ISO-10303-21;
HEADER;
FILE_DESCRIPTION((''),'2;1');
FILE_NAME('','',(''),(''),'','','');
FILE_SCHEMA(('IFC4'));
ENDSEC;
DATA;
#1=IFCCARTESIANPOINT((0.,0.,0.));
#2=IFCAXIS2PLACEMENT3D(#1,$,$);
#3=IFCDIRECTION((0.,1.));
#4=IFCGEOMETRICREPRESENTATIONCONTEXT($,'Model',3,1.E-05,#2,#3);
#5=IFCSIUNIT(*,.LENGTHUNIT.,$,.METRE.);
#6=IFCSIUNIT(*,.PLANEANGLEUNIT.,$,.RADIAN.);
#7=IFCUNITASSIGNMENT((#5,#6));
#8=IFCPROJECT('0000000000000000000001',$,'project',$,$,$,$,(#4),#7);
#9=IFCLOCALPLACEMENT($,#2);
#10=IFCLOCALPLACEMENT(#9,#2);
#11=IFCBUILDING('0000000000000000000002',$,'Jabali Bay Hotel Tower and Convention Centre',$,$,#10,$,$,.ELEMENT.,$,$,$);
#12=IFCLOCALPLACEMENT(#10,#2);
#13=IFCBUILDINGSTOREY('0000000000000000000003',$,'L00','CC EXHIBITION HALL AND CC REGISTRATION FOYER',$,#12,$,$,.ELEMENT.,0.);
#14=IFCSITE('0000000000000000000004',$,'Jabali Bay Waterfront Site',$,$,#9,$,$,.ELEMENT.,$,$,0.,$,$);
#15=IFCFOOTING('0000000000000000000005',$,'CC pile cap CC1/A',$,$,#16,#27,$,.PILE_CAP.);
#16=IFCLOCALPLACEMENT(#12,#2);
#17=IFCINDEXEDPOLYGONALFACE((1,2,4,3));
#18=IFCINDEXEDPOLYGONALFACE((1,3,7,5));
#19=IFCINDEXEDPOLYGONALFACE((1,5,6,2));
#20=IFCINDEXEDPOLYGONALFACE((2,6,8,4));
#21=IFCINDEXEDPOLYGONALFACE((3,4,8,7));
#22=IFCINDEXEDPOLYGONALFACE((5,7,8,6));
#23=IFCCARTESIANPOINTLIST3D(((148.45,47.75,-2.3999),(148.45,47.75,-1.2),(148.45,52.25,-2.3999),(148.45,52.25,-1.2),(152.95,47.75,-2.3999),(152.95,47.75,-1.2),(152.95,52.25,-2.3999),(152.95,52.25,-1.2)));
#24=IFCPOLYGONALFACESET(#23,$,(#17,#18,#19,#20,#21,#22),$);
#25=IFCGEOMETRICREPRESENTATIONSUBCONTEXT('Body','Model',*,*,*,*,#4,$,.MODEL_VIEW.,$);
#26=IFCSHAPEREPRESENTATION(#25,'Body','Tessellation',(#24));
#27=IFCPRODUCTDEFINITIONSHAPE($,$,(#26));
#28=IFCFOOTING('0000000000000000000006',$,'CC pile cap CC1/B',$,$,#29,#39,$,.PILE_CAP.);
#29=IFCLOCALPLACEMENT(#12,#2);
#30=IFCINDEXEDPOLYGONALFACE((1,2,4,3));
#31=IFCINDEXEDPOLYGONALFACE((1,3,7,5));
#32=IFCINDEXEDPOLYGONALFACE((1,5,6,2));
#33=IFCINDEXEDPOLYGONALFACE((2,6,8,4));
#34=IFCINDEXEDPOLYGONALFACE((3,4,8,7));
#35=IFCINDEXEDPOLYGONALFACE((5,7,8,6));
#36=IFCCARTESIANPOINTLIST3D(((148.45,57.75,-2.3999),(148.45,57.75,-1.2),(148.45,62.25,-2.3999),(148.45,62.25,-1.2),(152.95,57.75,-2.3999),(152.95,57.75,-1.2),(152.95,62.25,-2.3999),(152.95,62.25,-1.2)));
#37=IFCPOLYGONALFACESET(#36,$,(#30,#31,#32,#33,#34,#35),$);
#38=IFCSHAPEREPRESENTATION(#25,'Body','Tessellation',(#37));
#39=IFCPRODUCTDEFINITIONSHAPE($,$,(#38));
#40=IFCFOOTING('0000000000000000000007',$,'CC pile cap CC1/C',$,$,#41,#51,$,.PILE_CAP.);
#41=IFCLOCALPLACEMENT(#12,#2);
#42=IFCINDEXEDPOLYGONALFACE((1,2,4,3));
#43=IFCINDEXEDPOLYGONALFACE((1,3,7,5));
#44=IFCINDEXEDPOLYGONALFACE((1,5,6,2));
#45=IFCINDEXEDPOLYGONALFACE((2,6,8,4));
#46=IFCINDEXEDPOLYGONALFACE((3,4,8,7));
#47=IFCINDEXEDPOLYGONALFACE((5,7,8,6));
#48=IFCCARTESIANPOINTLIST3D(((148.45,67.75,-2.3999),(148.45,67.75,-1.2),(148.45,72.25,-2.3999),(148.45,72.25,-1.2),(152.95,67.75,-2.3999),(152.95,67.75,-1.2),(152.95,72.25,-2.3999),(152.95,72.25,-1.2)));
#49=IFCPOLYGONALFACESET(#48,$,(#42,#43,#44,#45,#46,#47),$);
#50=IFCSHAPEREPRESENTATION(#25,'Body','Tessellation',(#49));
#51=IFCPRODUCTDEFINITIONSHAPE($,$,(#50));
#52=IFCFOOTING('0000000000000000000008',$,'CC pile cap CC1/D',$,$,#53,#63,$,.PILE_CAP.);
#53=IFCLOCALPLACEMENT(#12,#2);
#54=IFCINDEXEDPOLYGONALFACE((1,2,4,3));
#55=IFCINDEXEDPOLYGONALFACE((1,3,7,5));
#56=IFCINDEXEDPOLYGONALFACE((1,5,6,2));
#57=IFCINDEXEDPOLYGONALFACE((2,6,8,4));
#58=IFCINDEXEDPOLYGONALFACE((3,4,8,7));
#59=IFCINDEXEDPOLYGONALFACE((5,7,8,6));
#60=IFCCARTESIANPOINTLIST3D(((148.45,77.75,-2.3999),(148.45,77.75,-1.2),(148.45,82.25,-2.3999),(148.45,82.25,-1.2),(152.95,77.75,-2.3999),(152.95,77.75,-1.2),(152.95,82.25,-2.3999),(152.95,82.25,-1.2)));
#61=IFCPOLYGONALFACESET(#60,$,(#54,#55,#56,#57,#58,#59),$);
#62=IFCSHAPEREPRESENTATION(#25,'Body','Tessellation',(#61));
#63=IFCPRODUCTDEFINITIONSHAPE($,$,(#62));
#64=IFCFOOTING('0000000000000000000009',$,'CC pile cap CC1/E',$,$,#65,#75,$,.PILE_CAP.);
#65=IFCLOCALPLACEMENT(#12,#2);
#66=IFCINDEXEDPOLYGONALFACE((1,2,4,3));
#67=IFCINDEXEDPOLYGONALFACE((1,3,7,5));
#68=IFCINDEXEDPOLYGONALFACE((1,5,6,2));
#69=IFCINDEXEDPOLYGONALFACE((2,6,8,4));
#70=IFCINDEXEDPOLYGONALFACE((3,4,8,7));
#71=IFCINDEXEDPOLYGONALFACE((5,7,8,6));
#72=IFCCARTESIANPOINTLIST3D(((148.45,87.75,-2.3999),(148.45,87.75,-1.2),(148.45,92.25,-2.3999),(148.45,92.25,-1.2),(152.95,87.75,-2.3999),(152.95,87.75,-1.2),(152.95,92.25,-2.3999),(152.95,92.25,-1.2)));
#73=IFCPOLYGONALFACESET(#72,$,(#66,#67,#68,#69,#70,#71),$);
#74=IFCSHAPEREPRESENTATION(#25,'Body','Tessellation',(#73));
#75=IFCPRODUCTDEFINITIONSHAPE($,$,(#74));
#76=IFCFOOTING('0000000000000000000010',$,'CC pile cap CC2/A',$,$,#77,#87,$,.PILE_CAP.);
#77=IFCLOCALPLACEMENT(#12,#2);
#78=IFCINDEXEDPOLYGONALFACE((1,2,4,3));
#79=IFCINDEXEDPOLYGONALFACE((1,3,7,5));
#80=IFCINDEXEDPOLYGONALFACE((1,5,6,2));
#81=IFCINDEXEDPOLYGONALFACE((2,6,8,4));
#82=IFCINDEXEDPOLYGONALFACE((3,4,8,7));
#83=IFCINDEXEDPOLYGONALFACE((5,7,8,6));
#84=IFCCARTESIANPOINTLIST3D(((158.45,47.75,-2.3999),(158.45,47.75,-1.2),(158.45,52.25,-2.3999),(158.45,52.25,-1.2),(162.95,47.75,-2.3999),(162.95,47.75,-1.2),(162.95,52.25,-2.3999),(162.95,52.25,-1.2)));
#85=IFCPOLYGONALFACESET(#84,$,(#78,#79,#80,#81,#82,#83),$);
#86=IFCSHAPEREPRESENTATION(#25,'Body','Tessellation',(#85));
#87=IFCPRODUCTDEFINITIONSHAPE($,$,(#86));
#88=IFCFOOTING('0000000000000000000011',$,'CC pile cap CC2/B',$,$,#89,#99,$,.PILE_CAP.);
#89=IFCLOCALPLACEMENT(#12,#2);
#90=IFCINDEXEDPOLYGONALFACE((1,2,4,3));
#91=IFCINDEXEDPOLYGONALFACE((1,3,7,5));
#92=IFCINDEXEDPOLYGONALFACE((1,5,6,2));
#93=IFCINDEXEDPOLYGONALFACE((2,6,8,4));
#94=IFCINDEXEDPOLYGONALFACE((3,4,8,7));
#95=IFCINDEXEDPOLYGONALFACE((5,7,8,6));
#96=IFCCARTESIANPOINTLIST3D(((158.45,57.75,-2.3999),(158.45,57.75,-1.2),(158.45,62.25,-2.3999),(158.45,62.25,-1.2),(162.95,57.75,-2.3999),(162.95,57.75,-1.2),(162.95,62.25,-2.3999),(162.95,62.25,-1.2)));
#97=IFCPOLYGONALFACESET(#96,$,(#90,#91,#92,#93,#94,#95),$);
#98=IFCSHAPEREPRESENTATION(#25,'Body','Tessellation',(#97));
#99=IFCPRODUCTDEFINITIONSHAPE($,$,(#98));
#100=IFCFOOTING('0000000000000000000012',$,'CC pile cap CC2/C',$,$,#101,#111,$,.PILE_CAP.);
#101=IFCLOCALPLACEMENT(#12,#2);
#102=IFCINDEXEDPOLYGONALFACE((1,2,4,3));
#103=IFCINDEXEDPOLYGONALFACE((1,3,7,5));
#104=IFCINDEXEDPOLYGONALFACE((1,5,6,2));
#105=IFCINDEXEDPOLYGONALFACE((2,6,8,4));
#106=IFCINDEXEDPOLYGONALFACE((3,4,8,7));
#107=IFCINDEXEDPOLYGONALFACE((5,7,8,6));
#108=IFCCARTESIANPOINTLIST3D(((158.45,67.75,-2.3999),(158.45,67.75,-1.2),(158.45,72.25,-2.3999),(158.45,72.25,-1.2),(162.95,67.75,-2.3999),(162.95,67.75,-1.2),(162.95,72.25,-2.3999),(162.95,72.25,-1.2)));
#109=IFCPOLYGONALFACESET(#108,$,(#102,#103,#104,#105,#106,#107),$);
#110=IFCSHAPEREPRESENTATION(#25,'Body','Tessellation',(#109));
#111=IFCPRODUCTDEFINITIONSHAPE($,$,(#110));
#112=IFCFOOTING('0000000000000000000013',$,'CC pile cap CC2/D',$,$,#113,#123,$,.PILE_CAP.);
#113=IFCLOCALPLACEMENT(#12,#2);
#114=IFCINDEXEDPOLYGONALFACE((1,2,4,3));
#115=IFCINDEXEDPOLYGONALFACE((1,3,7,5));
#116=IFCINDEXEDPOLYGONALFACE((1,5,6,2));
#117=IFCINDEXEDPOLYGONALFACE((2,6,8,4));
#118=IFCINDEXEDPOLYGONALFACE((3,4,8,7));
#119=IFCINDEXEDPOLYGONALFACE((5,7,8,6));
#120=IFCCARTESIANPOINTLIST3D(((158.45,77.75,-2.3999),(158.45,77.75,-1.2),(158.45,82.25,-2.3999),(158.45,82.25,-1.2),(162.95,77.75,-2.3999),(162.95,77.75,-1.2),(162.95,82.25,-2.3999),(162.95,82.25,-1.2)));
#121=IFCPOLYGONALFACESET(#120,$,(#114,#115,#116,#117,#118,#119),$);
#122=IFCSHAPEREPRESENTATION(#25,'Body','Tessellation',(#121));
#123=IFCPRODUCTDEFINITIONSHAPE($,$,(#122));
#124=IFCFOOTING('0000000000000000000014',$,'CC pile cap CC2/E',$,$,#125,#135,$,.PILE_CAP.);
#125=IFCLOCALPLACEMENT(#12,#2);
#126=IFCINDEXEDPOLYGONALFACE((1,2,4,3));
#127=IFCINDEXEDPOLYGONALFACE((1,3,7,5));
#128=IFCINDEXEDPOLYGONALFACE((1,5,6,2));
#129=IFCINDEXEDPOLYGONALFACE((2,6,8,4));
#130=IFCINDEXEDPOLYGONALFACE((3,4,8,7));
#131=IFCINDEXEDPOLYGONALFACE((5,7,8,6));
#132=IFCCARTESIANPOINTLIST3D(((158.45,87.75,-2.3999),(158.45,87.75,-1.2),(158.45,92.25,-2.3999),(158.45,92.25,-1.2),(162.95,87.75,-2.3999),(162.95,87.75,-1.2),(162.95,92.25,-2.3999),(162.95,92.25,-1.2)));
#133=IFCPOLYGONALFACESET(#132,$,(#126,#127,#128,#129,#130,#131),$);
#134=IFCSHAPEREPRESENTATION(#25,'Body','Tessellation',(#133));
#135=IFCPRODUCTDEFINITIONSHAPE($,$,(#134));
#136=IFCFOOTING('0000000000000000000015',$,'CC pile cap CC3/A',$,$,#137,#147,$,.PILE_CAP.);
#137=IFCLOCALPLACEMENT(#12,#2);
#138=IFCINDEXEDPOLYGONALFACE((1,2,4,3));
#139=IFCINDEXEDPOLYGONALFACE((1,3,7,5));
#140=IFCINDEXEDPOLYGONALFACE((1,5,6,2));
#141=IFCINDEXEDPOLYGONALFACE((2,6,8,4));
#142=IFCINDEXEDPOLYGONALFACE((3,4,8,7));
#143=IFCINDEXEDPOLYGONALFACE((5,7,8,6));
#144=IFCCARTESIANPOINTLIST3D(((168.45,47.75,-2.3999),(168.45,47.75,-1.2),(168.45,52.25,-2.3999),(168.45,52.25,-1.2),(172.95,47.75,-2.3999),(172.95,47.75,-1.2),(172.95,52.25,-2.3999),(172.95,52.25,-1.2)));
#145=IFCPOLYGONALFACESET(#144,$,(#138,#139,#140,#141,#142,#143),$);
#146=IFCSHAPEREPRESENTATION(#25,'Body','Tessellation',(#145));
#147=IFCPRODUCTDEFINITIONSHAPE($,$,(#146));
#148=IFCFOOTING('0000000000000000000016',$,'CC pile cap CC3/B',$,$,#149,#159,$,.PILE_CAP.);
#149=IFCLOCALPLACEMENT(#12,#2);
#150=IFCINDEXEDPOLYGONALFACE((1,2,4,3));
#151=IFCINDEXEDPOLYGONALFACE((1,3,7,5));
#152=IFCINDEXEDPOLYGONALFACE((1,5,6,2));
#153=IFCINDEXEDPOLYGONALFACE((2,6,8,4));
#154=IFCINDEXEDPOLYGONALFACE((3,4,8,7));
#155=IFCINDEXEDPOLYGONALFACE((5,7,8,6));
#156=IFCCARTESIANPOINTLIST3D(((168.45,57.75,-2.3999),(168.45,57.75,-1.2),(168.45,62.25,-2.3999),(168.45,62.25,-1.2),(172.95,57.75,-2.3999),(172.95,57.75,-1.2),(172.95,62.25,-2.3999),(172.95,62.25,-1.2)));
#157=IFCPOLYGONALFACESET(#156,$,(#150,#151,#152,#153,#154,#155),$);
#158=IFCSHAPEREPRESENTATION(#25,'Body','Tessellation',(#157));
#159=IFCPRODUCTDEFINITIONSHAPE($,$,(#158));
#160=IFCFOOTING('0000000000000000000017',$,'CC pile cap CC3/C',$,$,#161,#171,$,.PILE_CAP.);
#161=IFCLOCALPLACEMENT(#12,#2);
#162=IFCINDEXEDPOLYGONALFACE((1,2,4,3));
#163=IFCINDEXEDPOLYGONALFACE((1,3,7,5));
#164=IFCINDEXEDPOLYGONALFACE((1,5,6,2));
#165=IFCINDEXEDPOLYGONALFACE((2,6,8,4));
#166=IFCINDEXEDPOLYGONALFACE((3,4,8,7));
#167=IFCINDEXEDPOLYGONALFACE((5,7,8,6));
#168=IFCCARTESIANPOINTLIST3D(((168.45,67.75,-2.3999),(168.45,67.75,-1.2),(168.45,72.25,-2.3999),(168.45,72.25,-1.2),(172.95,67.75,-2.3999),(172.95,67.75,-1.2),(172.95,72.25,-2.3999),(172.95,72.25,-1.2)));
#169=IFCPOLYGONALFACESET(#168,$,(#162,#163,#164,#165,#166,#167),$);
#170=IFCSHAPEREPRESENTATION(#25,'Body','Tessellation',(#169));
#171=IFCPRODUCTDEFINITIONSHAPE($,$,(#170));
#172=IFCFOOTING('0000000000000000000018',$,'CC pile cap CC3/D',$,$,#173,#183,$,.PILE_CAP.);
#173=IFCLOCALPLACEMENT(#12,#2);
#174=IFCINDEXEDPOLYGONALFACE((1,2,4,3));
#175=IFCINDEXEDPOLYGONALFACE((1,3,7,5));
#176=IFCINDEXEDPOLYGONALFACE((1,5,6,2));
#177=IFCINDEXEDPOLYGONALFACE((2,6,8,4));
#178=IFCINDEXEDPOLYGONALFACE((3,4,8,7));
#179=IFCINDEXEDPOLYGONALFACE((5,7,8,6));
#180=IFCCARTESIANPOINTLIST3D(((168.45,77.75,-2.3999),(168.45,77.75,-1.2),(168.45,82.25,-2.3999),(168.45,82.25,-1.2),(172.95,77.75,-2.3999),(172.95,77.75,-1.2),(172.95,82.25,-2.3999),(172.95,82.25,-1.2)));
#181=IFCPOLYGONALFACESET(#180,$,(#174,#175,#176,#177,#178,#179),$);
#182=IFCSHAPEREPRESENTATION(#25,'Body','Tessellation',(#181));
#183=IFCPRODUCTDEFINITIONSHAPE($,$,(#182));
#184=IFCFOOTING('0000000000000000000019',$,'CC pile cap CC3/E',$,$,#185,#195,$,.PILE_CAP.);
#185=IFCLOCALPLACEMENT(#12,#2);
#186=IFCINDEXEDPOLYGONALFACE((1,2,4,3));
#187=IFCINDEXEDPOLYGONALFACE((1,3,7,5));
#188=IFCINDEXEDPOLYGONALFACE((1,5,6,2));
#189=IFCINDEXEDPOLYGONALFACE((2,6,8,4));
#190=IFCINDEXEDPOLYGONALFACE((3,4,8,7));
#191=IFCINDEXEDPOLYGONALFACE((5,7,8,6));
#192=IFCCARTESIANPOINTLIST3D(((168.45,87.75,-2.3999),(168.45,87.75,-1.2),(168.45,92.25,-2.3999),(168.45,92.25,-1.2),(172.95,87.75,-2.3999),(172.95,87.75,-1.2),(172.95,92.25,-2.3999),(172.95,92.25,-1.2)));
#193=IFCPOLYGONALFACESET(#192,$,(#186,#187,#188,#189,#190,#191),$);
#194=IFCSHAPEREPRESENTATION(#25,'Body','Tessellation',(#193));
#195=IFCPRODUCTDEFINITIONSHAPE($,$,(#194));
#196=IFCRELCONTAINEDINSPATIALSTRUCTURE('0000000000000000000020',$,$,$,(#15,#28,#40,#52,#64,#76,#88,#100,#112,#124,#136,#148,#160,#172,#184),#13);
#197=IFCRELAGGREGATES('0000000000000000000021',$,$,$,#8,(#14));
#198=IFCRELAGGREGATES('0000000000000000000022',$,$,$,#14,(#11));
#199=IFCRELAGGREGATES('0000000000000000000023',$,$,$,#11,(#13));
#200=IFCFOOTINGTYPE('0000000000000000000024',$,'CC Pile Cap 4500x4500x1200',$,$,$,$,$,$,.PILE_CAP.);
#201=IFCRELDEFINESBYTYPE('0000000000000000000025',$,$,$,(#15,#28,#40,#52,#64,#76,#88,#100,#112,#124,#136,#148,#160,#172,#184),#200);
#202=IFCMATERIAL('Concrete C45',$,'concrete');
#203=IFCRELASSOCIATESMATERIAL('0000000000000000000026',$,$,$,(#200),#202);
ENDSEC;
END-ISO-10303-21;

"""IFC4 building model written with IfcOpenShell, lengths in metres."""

from ifc_helpers import new_model, si_unit, direction, frame, origin, place, context, subcontext, project, spatial, polyline, outline, extrude, material, type_object, element, save


model = new_model("IFC4")

# Units and contexts
model_context = context("Model", 3, precision=1e-05, world=origin(), true_north=direction((0.0, 1.0)))
body_context = subcontext(model_context, "Body", "Model", "MODEL_VIEW")
ifc_project = project(units=[si_unit("LENGTHUNIT", "METRE"), si_unit("PLANEANGLEUNIT", "RADIAN")], contexts=[model_context])

# Site, building, storey
site_placement = place(None, origin())
site = spatial("IfcSite", under=ifc_project, at=site_placement, Name="Jabali Bay Waterfront Site", CompositionType="ELEMENT", RefElevation=0.0)
building_placement = place(site_placement, origin())
building = spatial("IfcBuilding", under=site, at=building_placement, Name="Jabali Bay Hotel Tower and Convention Centre", CompositionType="ELEMENT")
storey_placement = place(building_placement, origin())
storey = spatial("IfcBuildingStorey", under=building, at=storey_placement, Name="L00", Description="CC EXHIBITION HALL AND CC REGISTRATION FOYER", CompositionType="ELEMENT", Elevation=0.0)

# Footings
ifc_material_1 = material(Name="Concrete C45", Category="concrete")
footing_type = type_object("IfcFootingType", Name="CC Pile Cap 4500x4500x1200", PredefinedType="PILE_CAP", material=ifc_material_1)
footing_1_placement = place(storey_placement, frame((0.0, 0.0, -2.3999)))
element("IfcFooting", 1, at=footing_1_placement, inside=storey, type_object=footing_type, Name="CC pile cap CC1/A", PredefinedType="PILE_CAP", context=body_context, shape_type="SweptSolid", body=[
    extrude(outline(polyline([(148.45, 47.75), (152.95, 47.75), (152.95, 52.25), (148.45, 52.25), (148.45, 47.75)])), origin(), (0.0, 0.0, 1.0), 1.2),
])
footing_2_placement = place(storey_placement, frame((0.0, 0.0, -2.3999)))
element("IfcFooting", 2, at=footing_2_placement, inside=storey, type_object=footing_type, Name="CC pile cap CC1/B", PredefinedType="PILE_CAP", context=body_context, shape_type="SweptSolid", body=[
    extrude(outline(polyline([(148.45, 57.75), (152.95, 57.75), (152.95, 62.25), (148.45, 62.25), (148.45, 57.75)])), origin(), (0.0, 0.0, 1.0), 1.2),
])
footing_3_placement = place(storey_placement, frame((0.0, 0.0, -2.3999)))
element("IfcFooting", 3, at=footing_3_placement, inside=storey, type_object=footing_type, Name="CC pile cap CC1/C", PredefinedType="PILE_CAP", context=body_context, shape_type="SweptSolid", body=[
    extrude(outline(polyline([(148.45, 67.75), (152.95, 67.75), (152.95, 72.25), (148.45, 72.25), (148.45, 67.75)])), origin(), (0.0, 0.0, 1.0), 1.2),
])
footing_4_placement = place(storey_placement, frame((0.0, 0.0, -2.3999)))
element("IfcFooting", 4, at=footing_4_placement, inside=storey, type_object=footing_type, Name="CC pile cap CC1/D", PredefinedType="PILE_CAP", context=body_context, shape_type="SweptSolid", body=[
    extrude(outline(polyline([(148.45, 77.75), (152.95, 77.75), (152.95, 82.25), (148.45, 82.25), (148.45, 77.75)])), origin(), (0.0, 0.0, 1.0), 1.2),
])
footing_5_placement = place(storey_placement, frame((0.0, 0.0, -2.3999)))
element("IfcFooting", 5, at=footing_5_placement, inside=storey, type_object=footing_type, Name="CC pile cap CC1/E", PredefinedType="PILE_CAP", context=body_context, shape_type="SweptSolid", body=[
    extrude(outline(polyline([(148.45, 87.75), (152.95, 87.75), (152.95, 92.25), (148.45, 92.25), (148.45, 87.75)])), origin(), (0.0, 0.0, 1.0), 1.2),
])
footing_6_placement = place(storey_placement, frame((0.0, 0.0, -2.3999)))
element("IfcFooting", 6, at=footing_6_placement, inside=storey, type_object=footing_type, Name="CC pile cap CC2/A", PredefinedType="PILE_CAP", context=body_context, shape_type="SweptSolid", body=[
    extrude(outline(polyline([(158.45, 47.75), (162.95, 47.75), (162.95, 52.25), (158.45, 52.25), (158.45, 47.75)])), origin(), (0.0, 0.0, 1.0), 1.2),
])
footing_7_placement = place(storey_placement, frame((0.0, 0.0, -2.3999)))
element("IfcFooting", 7, at=footing_7_placement, inside=storey, type_object=footing_type, Name="CC pile cap CC2/B", PredefinedType="PILE_CAP", context=body_context, shape_type="SweptSolid", body=[
    extrude(outline(polyline([(158.45, 57.75), (162.95, 57.75), (162.95, 62.25), (158.45, 62.25), (158.45, 57.75)])), origin(), (0.0, 0.0, 1.0), 1.2),
])
footing_8_placement = place(storey_placement, frame((0.0, 0.0, -2.3999)))
element("IfcFooting", 8, at=footing_8_placement, inside=storey, type_object=footing_type, Name="CC pile cap CC2/C", PredefinedType="PILE_CAP", context=body_context, shape_type="SweptSolid", body=[
    extrude(outline(polyline([(158.45, 67.75), (162.95, 67.75), (162.95, 72.25), (158.45, 72.25), (158.45, 67.75)])), origin(), (0.0, 0.0, 1.0), 1.2),
])
footing_9_placement = place(storey_placement, frame((0.0, 0.0, -2.3999)))
element("IfcFooting", 9, at=footing_9_placement, inside=storey, type_object=footing_type, Name="CC pile cap CC2/D", PredefinedType="PILE_CAP", context=body_context, shape_type="SweptSolid", body=[
    extrude(outline(polyline([(158.45, 77.75), (162.95, 77.75), (162.95, 82.25), (158.45, 82.25), (158.45, 77.75)])), origin(), (0.0, 0.0, 1.0), 1.2),
])
footing_10_placement = place(storey_placement, frame((0.0, 0.0, -2.3999)))
element("IfcFooting", 10, at=footing_10_placement, inside=storey, type_object=footing_type, Name="CC pile cap CC2/E", PredefinedType="PILE_CAP", context=body_context, shape_type="SweptSolid", body=[
    extrude(outline(polyline([(158.45, 87.75), (162.95, 87.75), (162.95, 92.25), (158.45, 92.25), (158.45, 87.75)])), origin(), (0.0, 0.0, 1.0), 1.2),
])
footing_11_placement = place(storey_placement, frame((0.0, 0.0, -2.3999)))
element("IfcFooting", 11, at=footing_11_placement, inside=storey, type_object=footing_type, Name="CC pile cap CC3/A", PredefinedType="PILE_CAP", context=body_context, shape_type="SweptSolid", body=[
    extrude(outline(polyline([(168.45, 47.75), (172.95, 47.75), (172.95, 52.25), (168.45, 52.25), (168.45, 47.75)])), origin(), (0.0, 0.0, 1.0), 1.2),
])
footing_12_placement = place(storey_placement, frame((0.0, 0.0, -2.3999)))
element("IfcFooting", 12, at=footing_12_placement, inside=storey, type_object=footing_type, Name="CC pile cap CC3/B", PredefinedType="PILE_CAP", context=body_context, shape_type="SweptSolid", body=[
    extrude(outline(polyline([(168.45, 57.75), (172.95, 57.75), (172.95, 62.25), (168.45, 62.25), (168.45, 57.75)])), origin(), (0.0, 0.0, 1.0), 1.2),
])
footing_13_placement = place(storey_placement, frame((0.0, 0.0, -2.3999)))
element("IfcFooting", 13, at=footing_13_placement, inside=storey, type_object=footing_type, Name="CC pile cap CC3/C", PredefinedType="PILE_CAP", context=body_context, shape_type="SweptSolid", body=[
    extrude(outline(polyline([(168.45, 67.75), (172.95, 67.75), (172.95, 72.25), (168.45, 72.25), (168.45, 67.75)])), origin(), (0.0, 0.0, 1.0), 1.2),
])
footing_14_placement = place(storey_placement, frame((0.0, 0.0, -2.3999)))
element("IfcFooting", 14, at=footing_14_placement, inside=storey, type_object=footing_type, Name="CC pile cap CC3/D", PredefinedType="PILE_CAP", context=body_context, shape_type="SweptSolid", body=[
    extrude(outline(polyline([(168.45, 77.75), (172.95, 77.75), (172.95, 82.25), (168.45, 82.25), (168.45, 77.75)])), origin(), (0.0, 0.0, 1.0), 1.2),
])
footing_15_placement = place(storey_placement, frame((0.0, 0.0, -2.3999)))
element("IfcFooting", 15, at=footing_15_placement, inside=storey, type_object=footing_type, Name="CC pile cap CC3/E", PredefinedType="PILE_CAP", context=body_context, shape_type="SweptSolid", body=[
    extrude(outline(polyline([(168.45, 87.75), (172.95, 87.75), (172.95, 92.25), (168.45, 92.25), (168.45, 87.75)])), origin(), (0.0, 0.0, 1.0), 1.2),
])

save(model, "model.ifc")
